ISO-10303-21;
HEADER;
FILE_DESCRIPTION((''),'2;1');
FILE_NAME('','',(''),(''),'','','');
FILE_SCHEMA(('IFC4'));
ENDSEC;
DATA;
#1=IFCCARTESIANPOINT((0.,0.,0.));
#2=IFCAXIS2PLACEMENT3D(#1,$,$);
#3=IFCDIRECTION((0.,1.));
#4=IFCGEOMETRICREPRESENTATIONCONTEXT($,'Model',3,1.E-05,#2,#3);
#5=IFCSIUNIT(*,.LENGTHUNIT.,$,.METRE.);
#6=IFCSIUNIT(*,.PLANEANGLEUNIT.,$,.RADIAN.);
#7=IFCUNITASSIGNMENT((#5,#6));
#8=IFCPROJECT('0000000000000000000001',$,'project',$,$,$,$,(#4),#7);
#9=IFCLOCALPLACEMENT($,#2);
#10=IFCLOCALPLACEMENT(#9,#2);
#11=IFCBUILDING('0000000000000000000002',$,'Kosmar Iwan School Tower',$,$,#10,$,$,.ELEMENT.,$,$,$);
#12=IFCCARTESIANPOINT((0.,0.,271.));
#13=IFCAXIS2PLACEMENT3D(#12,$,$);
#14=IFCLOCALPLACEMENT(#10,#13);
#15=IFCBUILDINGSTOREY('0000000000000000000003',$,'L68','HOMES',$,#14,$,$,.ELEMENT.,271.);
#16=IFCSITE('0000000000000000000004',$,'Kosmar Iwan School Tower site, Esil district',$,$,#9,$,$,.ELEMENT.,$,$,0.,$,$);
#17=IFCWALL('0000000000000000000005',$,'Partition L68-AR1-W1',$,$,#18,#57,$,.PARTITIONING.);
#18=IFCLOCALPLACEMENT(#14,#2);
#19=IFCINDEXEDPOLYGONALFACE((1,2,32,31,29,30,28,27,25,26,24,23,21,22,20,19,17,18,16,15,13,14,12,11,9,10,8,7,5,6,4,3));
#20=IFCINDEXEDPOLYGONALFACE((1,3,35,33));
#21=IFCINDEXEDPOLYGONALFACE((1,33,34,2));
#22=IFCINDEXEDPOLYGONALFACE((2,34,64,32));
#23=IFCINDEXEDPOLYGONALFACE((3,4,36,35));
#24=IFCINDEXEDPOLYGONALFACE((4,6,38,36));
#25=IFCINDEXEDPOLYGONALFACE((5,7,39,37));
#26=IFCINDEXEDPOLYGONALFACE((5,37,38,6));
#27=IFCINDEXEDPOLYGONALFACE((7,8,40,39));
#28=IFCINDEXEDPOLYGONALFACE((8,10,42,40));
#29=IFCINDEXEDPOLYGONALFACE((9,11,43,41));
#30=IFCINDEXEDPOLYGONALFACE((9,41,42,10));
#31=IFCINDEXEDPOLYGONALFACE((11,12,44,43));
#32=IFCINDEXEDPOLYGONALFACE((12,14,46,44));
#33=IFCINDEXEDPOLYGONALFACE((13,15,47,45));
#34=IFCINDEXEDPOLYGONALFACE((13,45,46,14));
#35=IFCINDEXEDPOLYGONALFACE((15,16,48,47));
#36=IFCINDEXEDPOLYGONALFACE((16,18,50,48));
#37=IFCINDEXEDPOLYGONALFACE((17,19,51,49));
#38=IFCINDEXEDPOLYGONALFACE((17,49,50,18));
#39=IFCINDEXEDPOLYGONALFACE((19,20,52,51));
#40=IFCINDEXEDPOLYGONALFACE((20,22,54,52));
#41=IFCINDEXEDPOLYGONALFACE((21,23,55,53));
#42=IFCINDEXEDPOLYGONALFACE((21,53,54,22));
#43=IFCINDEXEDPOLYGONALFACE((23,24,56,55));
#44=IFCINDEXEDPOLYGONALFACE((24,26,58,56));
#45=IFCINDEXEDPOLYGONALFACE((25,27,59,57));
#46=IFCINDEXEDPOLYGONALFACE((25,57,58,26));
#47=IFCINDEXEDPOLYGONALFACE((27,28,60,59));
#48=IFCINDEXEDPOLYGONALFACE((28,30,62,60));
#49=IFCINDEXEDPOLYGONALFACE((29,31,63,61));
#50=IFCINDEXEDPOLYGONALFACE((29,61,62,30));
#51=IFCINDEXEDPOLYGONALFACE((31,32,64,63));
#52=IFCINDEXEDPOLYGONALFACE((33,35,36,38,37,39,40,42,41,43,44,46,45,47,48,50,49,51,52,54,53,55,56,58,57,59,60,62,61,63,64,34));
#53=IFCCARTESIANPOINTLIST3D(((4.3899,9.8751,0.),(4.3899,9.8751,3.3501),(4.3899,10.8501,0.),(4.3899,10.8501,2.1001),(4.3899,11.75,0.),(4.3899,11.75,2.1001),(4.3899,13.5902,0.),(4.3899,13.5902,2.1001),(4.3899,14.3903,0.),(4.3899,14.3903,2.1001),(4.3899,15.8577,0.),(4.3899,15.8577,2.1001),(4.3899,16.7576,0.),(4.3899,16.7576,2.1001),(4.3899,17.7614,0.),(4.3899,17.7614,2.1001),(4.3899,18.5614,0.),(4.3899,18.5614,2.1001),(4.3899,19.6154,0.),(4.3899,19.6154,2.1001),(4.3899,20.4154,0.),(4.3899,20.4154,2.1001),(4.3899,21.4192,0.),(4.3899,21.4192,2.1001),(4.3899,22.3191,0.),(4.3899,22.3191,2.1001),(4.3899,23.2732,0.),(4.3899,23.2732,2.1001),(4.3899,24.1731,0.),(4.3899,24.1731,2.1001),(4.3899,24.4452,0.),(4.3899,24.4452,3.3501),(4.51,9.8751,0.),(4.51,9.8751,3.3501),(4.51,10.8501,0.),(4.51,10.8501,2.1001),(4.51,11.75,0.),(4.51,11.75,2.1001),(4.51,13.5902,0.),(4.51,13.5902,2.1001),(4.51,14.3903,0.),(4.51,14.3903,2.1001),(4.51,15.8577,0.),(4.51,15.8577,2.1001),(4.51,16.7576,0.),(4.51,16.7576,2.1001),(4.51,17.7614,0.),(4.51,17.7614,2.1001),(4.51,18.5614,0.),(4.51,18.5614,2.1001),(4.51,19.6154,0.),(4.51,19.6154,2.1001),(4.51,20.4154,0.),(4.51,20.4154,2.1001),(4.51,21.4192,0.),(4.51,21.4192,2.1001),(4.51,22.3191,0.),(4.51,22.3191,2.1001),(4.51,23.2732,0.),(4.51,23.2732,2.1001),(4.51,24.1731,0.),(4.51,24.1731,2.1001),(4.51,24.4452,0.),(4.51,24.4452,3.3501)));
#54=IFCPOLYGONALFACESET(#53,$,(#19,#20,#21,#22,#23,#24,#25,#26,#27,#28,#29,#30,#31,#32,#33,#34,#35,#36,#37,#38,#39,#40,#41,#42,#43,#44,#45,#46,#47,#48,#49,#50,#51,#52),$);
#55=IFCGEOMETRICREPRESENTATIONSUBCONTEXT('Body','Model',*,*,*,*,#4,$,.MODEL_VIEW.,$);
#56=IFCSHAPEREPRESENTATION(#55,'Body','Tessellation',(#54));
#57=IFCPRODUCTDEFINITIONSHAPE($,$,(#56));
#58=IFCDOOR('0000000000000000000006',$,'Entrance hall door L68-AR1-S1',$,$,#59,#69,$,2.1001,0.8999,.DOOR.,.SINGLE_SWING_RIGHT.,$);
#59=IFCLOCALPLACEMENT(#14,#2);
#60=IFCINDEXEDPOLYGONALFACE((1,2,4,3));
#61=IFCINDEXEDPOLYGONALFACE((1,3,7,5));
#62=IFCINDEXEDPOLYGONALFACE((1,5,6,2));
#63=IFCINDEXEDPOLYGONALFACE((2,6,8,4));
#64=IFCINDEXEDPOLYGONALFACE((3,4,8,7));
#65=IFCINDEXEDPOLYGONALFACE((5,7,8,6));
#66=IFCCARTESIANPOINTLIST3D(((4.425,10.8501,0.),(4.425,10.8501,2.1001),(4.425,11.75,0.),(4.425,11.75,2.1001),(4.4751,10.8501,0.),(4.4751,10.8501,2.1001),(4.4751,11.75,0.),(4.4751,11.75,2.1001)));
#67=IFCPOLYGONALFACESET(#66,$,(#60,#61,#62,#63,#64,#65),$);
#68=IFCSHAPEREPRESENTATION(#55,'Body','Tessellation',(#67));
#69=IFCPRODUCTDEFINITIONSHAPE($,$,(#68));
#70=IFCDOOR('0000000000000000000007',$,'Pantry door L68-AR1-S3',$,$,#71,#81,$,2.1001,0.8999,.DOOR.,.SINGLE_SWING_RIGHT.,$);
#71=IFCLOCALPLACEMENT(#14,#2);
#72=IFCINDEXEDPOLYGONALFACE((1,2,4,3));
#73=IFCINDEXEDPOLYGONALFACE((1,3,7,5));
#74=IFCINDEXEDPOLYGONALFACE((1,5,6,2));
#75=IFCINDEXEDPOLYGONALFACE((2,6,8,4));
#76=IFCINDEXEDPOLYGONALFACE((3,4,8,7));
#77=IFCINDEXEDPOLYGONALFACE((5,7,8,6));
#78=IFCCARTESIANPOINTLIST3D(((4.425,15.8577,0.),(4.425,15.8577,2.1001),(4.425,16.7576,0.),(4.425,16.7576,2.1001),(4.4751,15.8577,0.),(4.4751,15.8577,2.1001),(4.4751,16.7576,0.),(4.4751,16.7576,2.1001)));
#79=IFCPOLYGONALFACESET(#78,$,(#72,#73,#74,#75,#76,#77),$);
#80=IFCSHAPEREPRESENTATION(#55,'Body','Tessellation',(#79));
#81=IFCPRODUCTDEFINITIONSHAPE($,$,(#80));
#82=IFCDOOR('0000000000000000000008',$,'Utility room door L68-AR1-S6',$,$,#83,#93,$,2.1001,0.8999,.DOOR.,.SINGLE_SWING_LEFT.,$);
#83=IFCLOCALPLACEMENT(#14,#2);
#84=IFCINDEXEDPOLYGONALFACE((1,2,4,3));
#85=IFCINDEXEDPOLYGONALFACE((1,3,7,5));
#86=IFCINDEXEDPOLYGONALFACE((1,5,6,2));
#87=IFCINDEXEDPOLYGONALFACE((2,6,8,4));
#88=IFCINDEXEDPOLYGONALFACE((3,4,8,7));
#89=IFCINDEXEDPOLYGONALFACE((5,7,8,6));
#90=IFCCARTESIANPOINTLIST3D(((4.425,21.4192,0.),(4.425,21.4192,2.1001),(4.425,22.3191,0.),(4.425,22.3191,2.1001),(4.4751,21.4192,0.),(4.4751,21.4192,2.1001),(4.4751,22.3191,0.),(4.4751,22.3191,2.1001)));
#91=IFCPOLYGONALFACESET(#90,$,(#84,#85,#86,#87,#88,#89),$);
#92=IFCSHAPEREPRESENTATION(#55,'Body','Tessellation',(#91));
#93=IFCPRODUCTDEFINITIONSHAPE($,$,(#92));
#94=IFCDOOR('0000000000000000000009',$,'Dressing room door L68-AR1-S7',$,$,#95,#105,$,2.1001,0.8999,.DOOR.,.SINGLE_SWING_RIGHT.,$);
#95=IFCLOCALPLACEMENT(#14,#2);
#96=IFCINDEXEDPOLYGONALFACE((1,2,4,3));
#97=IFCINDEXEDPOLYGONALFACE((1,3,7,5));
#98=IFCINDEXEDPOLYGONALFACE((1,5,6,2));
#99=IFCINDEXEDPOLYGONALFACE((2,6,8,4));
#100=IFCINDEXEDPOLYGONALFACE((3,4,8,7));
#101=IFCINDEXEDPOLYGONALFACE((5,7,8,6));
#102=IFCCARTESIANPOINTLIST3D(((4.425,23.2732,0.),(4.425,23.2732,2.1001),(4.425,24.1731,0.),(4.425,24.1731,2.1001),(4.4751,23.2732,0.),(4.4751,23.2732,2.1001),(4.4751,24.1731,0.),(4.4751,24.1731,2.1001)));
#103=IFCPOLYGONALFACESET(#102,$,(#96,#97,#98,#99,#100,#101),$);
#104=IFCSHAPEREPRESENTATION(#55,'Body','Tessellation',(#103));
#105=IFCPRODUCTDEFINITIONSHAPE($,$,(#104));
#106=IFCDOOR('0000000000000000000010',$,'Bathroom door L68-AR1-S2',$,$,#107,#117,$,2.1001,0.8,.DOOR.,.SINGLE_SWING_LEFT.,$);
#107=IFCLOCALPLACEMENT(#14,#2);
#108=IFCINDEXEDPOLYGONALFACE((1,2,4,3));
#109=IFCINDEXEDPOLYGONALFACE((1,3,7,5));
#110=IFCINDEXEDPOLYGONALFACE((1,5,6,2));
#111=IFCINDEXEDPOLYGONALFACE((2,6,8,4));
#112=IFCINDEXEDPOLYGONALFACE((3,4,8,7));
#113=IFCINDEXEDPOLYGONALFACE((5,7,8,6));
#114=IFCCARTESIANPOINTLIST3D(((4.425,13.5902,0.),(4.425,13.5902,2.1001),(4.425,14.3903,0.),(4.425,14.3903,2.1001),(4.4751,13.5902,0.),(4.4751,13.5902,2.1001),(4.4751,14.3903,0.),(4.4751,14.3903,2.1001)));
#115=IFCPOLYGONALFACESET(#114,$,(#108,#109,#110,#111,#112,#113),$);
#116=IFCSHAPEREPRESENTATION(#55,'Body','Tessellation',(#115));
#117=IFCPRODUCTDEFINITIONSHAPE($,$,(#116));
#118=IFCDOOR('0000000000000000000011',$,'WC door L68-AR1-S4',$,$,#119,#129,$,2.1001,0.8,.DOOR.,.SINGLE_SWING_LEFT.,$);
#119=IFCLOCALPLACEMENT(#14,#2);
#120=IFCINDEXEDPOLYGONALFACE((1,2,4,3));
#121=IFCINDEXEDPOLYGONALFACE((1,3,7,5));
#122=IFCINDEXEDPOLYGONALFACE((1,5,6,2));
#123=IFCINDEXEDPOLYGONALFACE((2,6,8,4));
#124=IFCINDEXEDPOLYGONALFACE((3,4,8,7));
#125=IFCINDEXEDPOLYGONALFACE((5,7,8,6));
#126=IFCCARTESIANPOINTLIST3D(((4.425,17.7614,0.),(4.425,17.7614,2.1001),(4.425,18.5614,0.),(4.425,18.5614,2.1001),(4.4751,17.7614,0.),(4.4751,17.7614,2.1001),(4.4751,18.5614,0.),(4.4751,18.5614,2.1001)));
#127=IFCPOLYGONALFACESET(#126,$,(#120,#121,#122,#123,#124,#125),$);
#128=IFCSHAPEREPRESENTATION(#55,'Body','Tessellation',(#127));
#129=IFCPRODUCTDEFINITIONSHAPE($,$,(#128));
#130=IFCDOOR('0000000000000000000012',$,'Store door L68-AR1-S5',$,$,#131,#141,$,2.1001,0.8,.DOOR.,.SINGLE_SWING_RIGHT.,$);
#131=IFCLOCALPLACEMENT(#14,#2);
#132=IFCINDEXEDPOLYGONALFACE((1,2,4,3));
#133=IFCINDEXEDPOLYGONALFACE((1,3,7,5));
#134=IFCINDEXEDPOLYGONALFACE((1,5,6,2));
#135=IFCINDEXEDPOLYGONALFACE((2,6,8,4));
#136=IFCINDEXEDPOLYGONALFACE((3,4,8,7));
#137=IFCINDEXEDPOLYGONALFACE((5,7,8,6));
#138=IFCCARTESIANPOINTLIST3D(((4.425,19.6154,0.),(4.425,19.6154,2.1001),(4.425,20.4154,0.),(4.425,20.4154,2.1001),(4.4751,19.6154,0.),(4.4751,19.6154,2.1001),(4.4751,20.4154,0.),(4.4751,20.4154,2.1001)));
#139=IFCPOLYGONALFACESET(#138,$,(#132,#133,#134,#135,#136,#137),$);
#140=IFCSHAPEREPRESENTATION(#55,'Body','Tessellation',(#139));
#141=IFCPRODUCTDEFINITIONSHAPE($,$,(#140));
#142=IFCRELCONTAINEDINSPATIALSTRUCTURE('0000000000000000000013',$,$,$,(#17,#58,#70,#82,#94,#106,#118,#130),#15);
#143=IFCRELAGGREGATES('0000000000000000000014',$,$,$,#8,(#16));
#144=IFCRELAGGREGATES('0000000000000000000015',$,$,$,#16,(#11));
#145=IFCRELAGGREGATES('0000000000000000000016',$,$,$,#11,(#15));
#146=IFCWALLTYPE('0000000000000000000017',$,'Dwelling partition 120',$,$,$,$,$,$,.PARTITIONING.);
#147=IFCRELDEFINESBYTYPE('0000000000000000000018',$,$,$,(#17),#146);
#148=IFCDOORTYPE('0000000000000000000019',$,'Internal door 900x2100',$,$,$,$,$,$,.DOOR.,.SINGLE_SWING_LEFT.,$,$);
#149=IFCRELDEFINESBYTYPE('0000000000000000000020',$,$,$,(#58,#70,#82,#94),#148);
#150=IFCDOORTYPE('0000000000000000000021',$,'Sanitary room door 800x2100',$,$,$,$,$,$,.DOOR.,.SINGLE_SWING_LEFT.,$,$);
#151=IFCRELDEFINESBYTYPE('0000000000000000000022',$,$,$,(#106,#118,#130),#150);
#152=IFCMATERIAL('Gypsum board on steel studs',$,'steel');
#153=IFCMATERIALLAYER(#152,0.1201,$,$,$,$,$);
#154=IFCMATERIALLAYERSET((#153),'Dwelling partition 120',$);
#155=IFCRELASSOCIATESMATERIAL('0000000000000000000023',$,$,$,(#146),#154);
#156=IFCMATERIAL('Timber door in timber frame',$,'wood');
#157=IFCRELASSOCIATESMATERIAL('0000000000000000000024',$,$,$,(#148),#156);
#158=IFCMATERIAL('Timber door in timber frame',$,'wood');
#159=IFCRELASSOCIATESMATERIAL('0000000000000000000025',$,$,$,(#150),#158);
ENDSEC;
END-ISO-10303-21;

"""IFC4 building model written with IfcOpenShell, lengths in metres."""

from ifc_helpers import new_model, si_unit, direction, frame, frame_2d, origin, place, context, subcontext, project, spatial, rectangle, extrude, material, layer, layer_set, type_object, element, fill, save


model = new_model("IFC4")

# Units and contexts
model_context = context("Model", 3, precision=1e-05, world=origin(), true_north=direction((0.0, 1.0)))
body_context = subcontext(model_context, "Body", "Model", "MODEL_VIEW")
ifc_project = project(units=[si_unit("LENGTHUNIT", "METRE"), si_unit("PLANEANGLEUNIT", "RADIAN")], contexts=[model_context])

# Site, building, storey
site_placement = place(None, origin())
site = spatial("IfcSite", under=ifc_project, at=site_placement, Name="Kosmar Iwan School Tower site, Esil district", CompositionType="ELEMENT", RefElevation=0.0)
building_placement = place(site_placement, origin())
building = spatial("IfcBuilding", under=site, at=building_placement, Name="Kosmar Iwan School Tower", CompositionType="ELEMENT")
storey_placement = place(building_placement, frame((0.0, 0.0, 271.0)))
storey = spatial("IfcBuildingStorey", under=building, at=storey_placement, Name="L68", Description="HOMES", CompositionType="ELEMENT", Elevation=271.0)

# Wall, openings, doors
ifc_material_1 = material(Name="Gypsum board on steel studs", Category="steel")
ifc_layer_1 = layer(ifc_material_1, 0.1201)
ifc_layer_set_1 = layer_set([ifc_layer_1], Name="Dwelling partition 120")
wall_type_1 = type_object("IfcWallType", Name="Dwelling partition 120", PredefinedType="PARTITIONING", material=ifc_layer_set_1)
wall_1_placement = place(storey_placement, frame((4.45, 9.875, 0.0), z_axis=(0.0, 0.0, 1.0), x_axis=(0.0, 1.0, 0.0)))
wall_1 = element("IfcWall", 1, at=wall_1_placement, inside=storey, type_object=wall_type_1, Name="Partition L68-AR1-W1", PredefinedType="PARTITIONING", context=body_context, shape_type="SweptSolid", body=[
    extrude(rectangle(XDim=14.5701, YDim=0.1201, at=frame_2d((7.2852, 0.0))), origin(), (0.0, 0.0, 1.0), 3.3501),
])
opening_1_placement = place(wall_1_placement, frame((0.9751, 0.0, 0.0)))
opening_1 = element("IfcOpeningElement", 2, at=opening_1_placement, cuts=wall_1, PredefinedType="OPENING", context=body_context, shape_type="SweptSolid", body=[
    extrude(rectangle(XDim=0.8999, YDim=2.1001, at=frame_2d((0.45, 1.05))), frame((0.0, 0.072, 0.0), z_axis=(0.0, -1.0, 0.0), x_axis=(1.0, 0.0, 0.0)), (0.0, 0.0, 1.0), 0.144),
])
opening_2_placement = place(wall_1_placement, frame((3.7153, 0.0, 0.0)))
opening_2 = element("IfcOpeningElement", 3, at=opening_2_placement, cuts=wall_1, PredefinedType="OPENING", context=body_context, shape_type="SweptSolid", body=[
    extrude(rectangle(XDim=0.8, YDim=2.1001, at=frame_2d((0.3999, 1.05))), frame((0.0, 0.072, 0.0), z_axis=(0.0, -1.0, 0.0), x_axis=(1.0, 0.0, 0.0)), (0.0, 0.0, 1.0), 0.144),
])
opening_3_placement = place(wall_1_placement, frame((5.9827, 0.0, 0.0)))
opening_3 = element("IfcOpeningElement", 4, at=opening_3_placement, cuts=wall_1, PredefinedType="OPENING", context=body_context, shape_type="SweptSolid", body=[
    extrude(rectangle(XDim=0.8999, YDim=2.1001, at=frame_2d((0.45, 1.05))), frame((0.0, 0.072, 0.0), z_axis=(0.0, -1.0, 0.0), x_axis=(1.0, 0.0, 0.0)), (0.0, 0.0, 1.0), 0.144),
])
opening_4_placement = place(wall_1_placement, frame((7.8865, 0.0, 0.0)))
opening_4 = element("IfcOpeningElement", 5, at=opening_4_placement, cuts=wall_1, PredefinedType="OPENING", context=body_context, shape_type="SweptSolid", body=[
    extrude(rectangle(XDim=0.8, YDim=2.1001, at=frame_2d((0.3999, 1.05))), frame((0.0, 0.072, 0.0), z_axis=(0.0, -1.0, 0.0), x_axis=(1.0, 0.0, 0.0)), (0.0, 0.0, 1.0), 0.144),
])
opening_5_placement = place(wall_1_placement, frame((9.7405, 0.0, 0.0)))
opening_5 = element("IfcOpeningElement", 6, at=opening_5_placement, cuts=wall_1, PredefinedType="OPENING", context=body_context, shape_type="SweptSolid", body=[
    extrude(rectangle(XDim=0.8, YDim=2.1001, at=frame_2d((0.3999, 1.05))), frame((0.0, 0.072, 0.0), z_axis=(0.0, -1.0, 0.0), x_axis=(1.0, 0.0, 0.0)), (0.0, 0.0, 1.0), 0.144),
])
opening_6_placement = place(wall_1_placement, frame((11.5442, 0.0, 0.0)))
opening_6 = element("IfcOpeningElement", 7, at=opening_6_placement, cuts=wall_1, PredefinedType="OPENING", context=body_context, shape_type="SweptSolid", body=[
    extrude(rectangle(XDim=0.8999, YDim=2.1001, at=frame_2d((0.45, 1.05))), frame((0.0, 0.072, 0.0), z_axis=(0.0, -1.0, 0.0), x_axis=(1.0, 0.0, 0.0)), (0.0, 0.0, 1.0), 0.144),
])
opening_7_placement = place(wall_1_placement, frame((13.3982, 0.0, 0.0)))
opening_7 = element("IfcOpeningElement", 8, at=opening_7_placement, cuts=wall_1, PredefinedType="OPENING", context=body_context, shape_type="SweptSolid", body=[
    extrude(rectangle(XDim=0.8999, YDim=2.1001, at=frame_2d((0.45, 1.05))), frame((0.0, 0.072, 0.0), z_axis=(0.0, -1.0, 0.0), x_axis=(1.0, 0.0, 0.0)), (0.0, 0.0, 1.0), 0.144),
])
ifc_material_2 = material(Name="Timber door in timber frame", Category="wood")
door_type_1 = type_object("IfcDoorType", Name="Internal door 900x2100", OperationType="SINGLE_SWING_LEFT", PredefinedType="DOOR", material=ifc_material_2)
door_1_placement = place(opening_1_placement, origin())
door_1 = element("IfcDoor", 9, at=door_1_placement, inside=storey, type_object=door_type_1, Name="Entrance hall door L68-AR1-S1", OperationType="SINGLE_SWING_RIGHT", OverallHeight=2.1001, OverallWidth=0.8999, PredefinedType="DOOR", context=body_context, shape_type="SweptSolid", body=[
    extrude(rectangle(XDim=0.8999, YDim=2.1001, at=frame_2d((0.45, 1.05))), frame((0.0, 0.0249, 0.0), z_axis=(0.0, -1.0, 0.0), x_axis=(1.0, 0.0, 0.0)), (0.0, 0.0, 1.0), 0.05),
])
fill(opening_1, door_1)
door_2_placement = place(opening_3_placement, origin())
door_2 = element("IfcDoor", 10, at=door_2_placement, inside=storey, type_object=door_type_1, Name="Pantry door L68-AR1-S3", OperationType="SINGLE_SWING_RIGHT", OverallHeight=2.1001, OverallWidth=0.8999, PredefinedType="DOOR", context=body_context, shape_type="SweptSolid", body=[
    extrude(rectangle(XDim=0.8999, YDim=2.1001, at=frame_2d((0.45, 1.05))), frame((0.0, 0.0249, 0.0), z_axis=(0.0, -1.0, 0.0), x_axis=(1.0, 0.0, 0.0)), (0.0, 0.0, 1.0), 0.05),
])
fill(opening_3, door_2)
door_3_placement = place(opening_6_placement, origin())
door_3 = element("IfcDoor", 11, at=door_3_placement, inside=storey, type_object=door_type_1, Name="Utility room door L68-AR1-S6", OperationType="SINGLE_SWING_LEFT", OverallHeight=2.1001, OverallWidth=0.8999, PredefinedType="DOOR", context=body_context, shape_type="SweptSolid", body=[
    extrude(rectangle(XDim=0.8999, YDim=2.1001, at=frame_2d((0.45, 1.05))), frame((0.0, 0.0249, 0.0), z_axis=(0.0, -1.0, 0.0), x_axis=(1.0, 0.0, 0.0)), (0.0, 0.0, 1.0), 0.05),
])
fill(opening_6, door_3)
door_4_placement = place(opening_7_placement, origin())
door_4 = element("IfcDoor", 12, at=door_4_placement, inside=storey, type_object=door_type_1, Name="Dressing room door L68-AR1-S7", OperationType="SINGLE_SWING_RIGHT", OverallHeight=2.1001, OverallWidth=0.8999, PredefinedType="DOOR", context=body_context, shape_type="SweptSolid", body=[
    extrude(rectangle(XDim=0.8999, YDim=2.1001, at=frame_2d((0.45, 1.05))), frame((0.0, 0.0249, 0.0), z_axis=(0.0, -1.0, 0.0), x_axis=(1.0, 0.0, 0.0)), (0.0, 0.0, 1.0), 0.05),
])
fill(opening_7, door_4)
ifc_material_3 = material(Name="Timber door in timber frame", Category="wood")
door_type_2 = type_object("IfcDoorType", Name="Sanitary room door 800x2100", OperationType="SINGLE_SWING_LEFT", PredefinedType="DOOR", material=ifc_material_3)
door_5_placement = place(opening_2_placement, origin())
door_5 = element("IfcDoor", 13, at=door_5_placement, inside=storey, type_object=door_type_2, Name="Bathroom door L68-AR1-S2", OperationType="SINGLE_SWING_LEFT", OverallHeight=2.1001, OverallWidth=0.8, PredefinedType="DOOR", context=body_context, shape_type="SweptSolid", body=[
    extrude(rectangle(XDim=0.8, YDim=2.1001, at=frame_2d((0.3999, 1.05))), frame((0.0, 0.0249, 0.0), z_axis=(0.0, -1.0, 0.0), x_axis=(1.0, 0.0, 0.0)), (0.0, 0.0, 1.0), 0.05),
])
fill(opening_2, door_5)
door_6_placement = place(opening_4_placement, origin())
door_6 = element("IfcDoor", 14, at=door_6_placement, inside=storey, type_object=door_type_2, Name="WC door L68-AR1-S4", OperationType="SINGLE_SWING_LEFT", OverallHeight=2.1001, OverallWidth=0.8, PredefinedType="DOOR", context=body_context, shape_type="SweptSolid", body=[
    extrude(rectangle(XDim=0.8, YDim=2.1001, at=frame_2d((0.3999, 1.05))), frame((0.0, 0.0249, 0.0), z_axis=(0.0, -1.0, 0.0), x_axis=(1.0, 0.0, 0.0)), (0.0, 0.0, 1.0), 0.05),
])
fill(opening_4, door_6)
door_7_placement = place(opening_5_placement, origin())
door_7 = element("IfcDoor", 15, at=door_7_placement, inside=storey, type_object=door_type_2, Name="Store door L68-AR1-S5", OperationType="SINGLE_SWING_RIGHT", OverallHeight=2.1001, OverallWidth=0.8, PredefinedType="DOOR", context=body_context, shape_type="SweptSolid", body=[
    extrude(rectangle(XDim=0.8, YDim=2.1001, at=frame_2d((0.3999, 1.05))), frame((0.0, 0.0249, 0.0), z_axis=(0.0, -1.0, 0.0), x_axis=(1.0, 0.0, 0.0)), (0.0, 0.0, 1.0), 0.05),
])
fill(opening_5, door_7)

save(model, "model.ifc")
